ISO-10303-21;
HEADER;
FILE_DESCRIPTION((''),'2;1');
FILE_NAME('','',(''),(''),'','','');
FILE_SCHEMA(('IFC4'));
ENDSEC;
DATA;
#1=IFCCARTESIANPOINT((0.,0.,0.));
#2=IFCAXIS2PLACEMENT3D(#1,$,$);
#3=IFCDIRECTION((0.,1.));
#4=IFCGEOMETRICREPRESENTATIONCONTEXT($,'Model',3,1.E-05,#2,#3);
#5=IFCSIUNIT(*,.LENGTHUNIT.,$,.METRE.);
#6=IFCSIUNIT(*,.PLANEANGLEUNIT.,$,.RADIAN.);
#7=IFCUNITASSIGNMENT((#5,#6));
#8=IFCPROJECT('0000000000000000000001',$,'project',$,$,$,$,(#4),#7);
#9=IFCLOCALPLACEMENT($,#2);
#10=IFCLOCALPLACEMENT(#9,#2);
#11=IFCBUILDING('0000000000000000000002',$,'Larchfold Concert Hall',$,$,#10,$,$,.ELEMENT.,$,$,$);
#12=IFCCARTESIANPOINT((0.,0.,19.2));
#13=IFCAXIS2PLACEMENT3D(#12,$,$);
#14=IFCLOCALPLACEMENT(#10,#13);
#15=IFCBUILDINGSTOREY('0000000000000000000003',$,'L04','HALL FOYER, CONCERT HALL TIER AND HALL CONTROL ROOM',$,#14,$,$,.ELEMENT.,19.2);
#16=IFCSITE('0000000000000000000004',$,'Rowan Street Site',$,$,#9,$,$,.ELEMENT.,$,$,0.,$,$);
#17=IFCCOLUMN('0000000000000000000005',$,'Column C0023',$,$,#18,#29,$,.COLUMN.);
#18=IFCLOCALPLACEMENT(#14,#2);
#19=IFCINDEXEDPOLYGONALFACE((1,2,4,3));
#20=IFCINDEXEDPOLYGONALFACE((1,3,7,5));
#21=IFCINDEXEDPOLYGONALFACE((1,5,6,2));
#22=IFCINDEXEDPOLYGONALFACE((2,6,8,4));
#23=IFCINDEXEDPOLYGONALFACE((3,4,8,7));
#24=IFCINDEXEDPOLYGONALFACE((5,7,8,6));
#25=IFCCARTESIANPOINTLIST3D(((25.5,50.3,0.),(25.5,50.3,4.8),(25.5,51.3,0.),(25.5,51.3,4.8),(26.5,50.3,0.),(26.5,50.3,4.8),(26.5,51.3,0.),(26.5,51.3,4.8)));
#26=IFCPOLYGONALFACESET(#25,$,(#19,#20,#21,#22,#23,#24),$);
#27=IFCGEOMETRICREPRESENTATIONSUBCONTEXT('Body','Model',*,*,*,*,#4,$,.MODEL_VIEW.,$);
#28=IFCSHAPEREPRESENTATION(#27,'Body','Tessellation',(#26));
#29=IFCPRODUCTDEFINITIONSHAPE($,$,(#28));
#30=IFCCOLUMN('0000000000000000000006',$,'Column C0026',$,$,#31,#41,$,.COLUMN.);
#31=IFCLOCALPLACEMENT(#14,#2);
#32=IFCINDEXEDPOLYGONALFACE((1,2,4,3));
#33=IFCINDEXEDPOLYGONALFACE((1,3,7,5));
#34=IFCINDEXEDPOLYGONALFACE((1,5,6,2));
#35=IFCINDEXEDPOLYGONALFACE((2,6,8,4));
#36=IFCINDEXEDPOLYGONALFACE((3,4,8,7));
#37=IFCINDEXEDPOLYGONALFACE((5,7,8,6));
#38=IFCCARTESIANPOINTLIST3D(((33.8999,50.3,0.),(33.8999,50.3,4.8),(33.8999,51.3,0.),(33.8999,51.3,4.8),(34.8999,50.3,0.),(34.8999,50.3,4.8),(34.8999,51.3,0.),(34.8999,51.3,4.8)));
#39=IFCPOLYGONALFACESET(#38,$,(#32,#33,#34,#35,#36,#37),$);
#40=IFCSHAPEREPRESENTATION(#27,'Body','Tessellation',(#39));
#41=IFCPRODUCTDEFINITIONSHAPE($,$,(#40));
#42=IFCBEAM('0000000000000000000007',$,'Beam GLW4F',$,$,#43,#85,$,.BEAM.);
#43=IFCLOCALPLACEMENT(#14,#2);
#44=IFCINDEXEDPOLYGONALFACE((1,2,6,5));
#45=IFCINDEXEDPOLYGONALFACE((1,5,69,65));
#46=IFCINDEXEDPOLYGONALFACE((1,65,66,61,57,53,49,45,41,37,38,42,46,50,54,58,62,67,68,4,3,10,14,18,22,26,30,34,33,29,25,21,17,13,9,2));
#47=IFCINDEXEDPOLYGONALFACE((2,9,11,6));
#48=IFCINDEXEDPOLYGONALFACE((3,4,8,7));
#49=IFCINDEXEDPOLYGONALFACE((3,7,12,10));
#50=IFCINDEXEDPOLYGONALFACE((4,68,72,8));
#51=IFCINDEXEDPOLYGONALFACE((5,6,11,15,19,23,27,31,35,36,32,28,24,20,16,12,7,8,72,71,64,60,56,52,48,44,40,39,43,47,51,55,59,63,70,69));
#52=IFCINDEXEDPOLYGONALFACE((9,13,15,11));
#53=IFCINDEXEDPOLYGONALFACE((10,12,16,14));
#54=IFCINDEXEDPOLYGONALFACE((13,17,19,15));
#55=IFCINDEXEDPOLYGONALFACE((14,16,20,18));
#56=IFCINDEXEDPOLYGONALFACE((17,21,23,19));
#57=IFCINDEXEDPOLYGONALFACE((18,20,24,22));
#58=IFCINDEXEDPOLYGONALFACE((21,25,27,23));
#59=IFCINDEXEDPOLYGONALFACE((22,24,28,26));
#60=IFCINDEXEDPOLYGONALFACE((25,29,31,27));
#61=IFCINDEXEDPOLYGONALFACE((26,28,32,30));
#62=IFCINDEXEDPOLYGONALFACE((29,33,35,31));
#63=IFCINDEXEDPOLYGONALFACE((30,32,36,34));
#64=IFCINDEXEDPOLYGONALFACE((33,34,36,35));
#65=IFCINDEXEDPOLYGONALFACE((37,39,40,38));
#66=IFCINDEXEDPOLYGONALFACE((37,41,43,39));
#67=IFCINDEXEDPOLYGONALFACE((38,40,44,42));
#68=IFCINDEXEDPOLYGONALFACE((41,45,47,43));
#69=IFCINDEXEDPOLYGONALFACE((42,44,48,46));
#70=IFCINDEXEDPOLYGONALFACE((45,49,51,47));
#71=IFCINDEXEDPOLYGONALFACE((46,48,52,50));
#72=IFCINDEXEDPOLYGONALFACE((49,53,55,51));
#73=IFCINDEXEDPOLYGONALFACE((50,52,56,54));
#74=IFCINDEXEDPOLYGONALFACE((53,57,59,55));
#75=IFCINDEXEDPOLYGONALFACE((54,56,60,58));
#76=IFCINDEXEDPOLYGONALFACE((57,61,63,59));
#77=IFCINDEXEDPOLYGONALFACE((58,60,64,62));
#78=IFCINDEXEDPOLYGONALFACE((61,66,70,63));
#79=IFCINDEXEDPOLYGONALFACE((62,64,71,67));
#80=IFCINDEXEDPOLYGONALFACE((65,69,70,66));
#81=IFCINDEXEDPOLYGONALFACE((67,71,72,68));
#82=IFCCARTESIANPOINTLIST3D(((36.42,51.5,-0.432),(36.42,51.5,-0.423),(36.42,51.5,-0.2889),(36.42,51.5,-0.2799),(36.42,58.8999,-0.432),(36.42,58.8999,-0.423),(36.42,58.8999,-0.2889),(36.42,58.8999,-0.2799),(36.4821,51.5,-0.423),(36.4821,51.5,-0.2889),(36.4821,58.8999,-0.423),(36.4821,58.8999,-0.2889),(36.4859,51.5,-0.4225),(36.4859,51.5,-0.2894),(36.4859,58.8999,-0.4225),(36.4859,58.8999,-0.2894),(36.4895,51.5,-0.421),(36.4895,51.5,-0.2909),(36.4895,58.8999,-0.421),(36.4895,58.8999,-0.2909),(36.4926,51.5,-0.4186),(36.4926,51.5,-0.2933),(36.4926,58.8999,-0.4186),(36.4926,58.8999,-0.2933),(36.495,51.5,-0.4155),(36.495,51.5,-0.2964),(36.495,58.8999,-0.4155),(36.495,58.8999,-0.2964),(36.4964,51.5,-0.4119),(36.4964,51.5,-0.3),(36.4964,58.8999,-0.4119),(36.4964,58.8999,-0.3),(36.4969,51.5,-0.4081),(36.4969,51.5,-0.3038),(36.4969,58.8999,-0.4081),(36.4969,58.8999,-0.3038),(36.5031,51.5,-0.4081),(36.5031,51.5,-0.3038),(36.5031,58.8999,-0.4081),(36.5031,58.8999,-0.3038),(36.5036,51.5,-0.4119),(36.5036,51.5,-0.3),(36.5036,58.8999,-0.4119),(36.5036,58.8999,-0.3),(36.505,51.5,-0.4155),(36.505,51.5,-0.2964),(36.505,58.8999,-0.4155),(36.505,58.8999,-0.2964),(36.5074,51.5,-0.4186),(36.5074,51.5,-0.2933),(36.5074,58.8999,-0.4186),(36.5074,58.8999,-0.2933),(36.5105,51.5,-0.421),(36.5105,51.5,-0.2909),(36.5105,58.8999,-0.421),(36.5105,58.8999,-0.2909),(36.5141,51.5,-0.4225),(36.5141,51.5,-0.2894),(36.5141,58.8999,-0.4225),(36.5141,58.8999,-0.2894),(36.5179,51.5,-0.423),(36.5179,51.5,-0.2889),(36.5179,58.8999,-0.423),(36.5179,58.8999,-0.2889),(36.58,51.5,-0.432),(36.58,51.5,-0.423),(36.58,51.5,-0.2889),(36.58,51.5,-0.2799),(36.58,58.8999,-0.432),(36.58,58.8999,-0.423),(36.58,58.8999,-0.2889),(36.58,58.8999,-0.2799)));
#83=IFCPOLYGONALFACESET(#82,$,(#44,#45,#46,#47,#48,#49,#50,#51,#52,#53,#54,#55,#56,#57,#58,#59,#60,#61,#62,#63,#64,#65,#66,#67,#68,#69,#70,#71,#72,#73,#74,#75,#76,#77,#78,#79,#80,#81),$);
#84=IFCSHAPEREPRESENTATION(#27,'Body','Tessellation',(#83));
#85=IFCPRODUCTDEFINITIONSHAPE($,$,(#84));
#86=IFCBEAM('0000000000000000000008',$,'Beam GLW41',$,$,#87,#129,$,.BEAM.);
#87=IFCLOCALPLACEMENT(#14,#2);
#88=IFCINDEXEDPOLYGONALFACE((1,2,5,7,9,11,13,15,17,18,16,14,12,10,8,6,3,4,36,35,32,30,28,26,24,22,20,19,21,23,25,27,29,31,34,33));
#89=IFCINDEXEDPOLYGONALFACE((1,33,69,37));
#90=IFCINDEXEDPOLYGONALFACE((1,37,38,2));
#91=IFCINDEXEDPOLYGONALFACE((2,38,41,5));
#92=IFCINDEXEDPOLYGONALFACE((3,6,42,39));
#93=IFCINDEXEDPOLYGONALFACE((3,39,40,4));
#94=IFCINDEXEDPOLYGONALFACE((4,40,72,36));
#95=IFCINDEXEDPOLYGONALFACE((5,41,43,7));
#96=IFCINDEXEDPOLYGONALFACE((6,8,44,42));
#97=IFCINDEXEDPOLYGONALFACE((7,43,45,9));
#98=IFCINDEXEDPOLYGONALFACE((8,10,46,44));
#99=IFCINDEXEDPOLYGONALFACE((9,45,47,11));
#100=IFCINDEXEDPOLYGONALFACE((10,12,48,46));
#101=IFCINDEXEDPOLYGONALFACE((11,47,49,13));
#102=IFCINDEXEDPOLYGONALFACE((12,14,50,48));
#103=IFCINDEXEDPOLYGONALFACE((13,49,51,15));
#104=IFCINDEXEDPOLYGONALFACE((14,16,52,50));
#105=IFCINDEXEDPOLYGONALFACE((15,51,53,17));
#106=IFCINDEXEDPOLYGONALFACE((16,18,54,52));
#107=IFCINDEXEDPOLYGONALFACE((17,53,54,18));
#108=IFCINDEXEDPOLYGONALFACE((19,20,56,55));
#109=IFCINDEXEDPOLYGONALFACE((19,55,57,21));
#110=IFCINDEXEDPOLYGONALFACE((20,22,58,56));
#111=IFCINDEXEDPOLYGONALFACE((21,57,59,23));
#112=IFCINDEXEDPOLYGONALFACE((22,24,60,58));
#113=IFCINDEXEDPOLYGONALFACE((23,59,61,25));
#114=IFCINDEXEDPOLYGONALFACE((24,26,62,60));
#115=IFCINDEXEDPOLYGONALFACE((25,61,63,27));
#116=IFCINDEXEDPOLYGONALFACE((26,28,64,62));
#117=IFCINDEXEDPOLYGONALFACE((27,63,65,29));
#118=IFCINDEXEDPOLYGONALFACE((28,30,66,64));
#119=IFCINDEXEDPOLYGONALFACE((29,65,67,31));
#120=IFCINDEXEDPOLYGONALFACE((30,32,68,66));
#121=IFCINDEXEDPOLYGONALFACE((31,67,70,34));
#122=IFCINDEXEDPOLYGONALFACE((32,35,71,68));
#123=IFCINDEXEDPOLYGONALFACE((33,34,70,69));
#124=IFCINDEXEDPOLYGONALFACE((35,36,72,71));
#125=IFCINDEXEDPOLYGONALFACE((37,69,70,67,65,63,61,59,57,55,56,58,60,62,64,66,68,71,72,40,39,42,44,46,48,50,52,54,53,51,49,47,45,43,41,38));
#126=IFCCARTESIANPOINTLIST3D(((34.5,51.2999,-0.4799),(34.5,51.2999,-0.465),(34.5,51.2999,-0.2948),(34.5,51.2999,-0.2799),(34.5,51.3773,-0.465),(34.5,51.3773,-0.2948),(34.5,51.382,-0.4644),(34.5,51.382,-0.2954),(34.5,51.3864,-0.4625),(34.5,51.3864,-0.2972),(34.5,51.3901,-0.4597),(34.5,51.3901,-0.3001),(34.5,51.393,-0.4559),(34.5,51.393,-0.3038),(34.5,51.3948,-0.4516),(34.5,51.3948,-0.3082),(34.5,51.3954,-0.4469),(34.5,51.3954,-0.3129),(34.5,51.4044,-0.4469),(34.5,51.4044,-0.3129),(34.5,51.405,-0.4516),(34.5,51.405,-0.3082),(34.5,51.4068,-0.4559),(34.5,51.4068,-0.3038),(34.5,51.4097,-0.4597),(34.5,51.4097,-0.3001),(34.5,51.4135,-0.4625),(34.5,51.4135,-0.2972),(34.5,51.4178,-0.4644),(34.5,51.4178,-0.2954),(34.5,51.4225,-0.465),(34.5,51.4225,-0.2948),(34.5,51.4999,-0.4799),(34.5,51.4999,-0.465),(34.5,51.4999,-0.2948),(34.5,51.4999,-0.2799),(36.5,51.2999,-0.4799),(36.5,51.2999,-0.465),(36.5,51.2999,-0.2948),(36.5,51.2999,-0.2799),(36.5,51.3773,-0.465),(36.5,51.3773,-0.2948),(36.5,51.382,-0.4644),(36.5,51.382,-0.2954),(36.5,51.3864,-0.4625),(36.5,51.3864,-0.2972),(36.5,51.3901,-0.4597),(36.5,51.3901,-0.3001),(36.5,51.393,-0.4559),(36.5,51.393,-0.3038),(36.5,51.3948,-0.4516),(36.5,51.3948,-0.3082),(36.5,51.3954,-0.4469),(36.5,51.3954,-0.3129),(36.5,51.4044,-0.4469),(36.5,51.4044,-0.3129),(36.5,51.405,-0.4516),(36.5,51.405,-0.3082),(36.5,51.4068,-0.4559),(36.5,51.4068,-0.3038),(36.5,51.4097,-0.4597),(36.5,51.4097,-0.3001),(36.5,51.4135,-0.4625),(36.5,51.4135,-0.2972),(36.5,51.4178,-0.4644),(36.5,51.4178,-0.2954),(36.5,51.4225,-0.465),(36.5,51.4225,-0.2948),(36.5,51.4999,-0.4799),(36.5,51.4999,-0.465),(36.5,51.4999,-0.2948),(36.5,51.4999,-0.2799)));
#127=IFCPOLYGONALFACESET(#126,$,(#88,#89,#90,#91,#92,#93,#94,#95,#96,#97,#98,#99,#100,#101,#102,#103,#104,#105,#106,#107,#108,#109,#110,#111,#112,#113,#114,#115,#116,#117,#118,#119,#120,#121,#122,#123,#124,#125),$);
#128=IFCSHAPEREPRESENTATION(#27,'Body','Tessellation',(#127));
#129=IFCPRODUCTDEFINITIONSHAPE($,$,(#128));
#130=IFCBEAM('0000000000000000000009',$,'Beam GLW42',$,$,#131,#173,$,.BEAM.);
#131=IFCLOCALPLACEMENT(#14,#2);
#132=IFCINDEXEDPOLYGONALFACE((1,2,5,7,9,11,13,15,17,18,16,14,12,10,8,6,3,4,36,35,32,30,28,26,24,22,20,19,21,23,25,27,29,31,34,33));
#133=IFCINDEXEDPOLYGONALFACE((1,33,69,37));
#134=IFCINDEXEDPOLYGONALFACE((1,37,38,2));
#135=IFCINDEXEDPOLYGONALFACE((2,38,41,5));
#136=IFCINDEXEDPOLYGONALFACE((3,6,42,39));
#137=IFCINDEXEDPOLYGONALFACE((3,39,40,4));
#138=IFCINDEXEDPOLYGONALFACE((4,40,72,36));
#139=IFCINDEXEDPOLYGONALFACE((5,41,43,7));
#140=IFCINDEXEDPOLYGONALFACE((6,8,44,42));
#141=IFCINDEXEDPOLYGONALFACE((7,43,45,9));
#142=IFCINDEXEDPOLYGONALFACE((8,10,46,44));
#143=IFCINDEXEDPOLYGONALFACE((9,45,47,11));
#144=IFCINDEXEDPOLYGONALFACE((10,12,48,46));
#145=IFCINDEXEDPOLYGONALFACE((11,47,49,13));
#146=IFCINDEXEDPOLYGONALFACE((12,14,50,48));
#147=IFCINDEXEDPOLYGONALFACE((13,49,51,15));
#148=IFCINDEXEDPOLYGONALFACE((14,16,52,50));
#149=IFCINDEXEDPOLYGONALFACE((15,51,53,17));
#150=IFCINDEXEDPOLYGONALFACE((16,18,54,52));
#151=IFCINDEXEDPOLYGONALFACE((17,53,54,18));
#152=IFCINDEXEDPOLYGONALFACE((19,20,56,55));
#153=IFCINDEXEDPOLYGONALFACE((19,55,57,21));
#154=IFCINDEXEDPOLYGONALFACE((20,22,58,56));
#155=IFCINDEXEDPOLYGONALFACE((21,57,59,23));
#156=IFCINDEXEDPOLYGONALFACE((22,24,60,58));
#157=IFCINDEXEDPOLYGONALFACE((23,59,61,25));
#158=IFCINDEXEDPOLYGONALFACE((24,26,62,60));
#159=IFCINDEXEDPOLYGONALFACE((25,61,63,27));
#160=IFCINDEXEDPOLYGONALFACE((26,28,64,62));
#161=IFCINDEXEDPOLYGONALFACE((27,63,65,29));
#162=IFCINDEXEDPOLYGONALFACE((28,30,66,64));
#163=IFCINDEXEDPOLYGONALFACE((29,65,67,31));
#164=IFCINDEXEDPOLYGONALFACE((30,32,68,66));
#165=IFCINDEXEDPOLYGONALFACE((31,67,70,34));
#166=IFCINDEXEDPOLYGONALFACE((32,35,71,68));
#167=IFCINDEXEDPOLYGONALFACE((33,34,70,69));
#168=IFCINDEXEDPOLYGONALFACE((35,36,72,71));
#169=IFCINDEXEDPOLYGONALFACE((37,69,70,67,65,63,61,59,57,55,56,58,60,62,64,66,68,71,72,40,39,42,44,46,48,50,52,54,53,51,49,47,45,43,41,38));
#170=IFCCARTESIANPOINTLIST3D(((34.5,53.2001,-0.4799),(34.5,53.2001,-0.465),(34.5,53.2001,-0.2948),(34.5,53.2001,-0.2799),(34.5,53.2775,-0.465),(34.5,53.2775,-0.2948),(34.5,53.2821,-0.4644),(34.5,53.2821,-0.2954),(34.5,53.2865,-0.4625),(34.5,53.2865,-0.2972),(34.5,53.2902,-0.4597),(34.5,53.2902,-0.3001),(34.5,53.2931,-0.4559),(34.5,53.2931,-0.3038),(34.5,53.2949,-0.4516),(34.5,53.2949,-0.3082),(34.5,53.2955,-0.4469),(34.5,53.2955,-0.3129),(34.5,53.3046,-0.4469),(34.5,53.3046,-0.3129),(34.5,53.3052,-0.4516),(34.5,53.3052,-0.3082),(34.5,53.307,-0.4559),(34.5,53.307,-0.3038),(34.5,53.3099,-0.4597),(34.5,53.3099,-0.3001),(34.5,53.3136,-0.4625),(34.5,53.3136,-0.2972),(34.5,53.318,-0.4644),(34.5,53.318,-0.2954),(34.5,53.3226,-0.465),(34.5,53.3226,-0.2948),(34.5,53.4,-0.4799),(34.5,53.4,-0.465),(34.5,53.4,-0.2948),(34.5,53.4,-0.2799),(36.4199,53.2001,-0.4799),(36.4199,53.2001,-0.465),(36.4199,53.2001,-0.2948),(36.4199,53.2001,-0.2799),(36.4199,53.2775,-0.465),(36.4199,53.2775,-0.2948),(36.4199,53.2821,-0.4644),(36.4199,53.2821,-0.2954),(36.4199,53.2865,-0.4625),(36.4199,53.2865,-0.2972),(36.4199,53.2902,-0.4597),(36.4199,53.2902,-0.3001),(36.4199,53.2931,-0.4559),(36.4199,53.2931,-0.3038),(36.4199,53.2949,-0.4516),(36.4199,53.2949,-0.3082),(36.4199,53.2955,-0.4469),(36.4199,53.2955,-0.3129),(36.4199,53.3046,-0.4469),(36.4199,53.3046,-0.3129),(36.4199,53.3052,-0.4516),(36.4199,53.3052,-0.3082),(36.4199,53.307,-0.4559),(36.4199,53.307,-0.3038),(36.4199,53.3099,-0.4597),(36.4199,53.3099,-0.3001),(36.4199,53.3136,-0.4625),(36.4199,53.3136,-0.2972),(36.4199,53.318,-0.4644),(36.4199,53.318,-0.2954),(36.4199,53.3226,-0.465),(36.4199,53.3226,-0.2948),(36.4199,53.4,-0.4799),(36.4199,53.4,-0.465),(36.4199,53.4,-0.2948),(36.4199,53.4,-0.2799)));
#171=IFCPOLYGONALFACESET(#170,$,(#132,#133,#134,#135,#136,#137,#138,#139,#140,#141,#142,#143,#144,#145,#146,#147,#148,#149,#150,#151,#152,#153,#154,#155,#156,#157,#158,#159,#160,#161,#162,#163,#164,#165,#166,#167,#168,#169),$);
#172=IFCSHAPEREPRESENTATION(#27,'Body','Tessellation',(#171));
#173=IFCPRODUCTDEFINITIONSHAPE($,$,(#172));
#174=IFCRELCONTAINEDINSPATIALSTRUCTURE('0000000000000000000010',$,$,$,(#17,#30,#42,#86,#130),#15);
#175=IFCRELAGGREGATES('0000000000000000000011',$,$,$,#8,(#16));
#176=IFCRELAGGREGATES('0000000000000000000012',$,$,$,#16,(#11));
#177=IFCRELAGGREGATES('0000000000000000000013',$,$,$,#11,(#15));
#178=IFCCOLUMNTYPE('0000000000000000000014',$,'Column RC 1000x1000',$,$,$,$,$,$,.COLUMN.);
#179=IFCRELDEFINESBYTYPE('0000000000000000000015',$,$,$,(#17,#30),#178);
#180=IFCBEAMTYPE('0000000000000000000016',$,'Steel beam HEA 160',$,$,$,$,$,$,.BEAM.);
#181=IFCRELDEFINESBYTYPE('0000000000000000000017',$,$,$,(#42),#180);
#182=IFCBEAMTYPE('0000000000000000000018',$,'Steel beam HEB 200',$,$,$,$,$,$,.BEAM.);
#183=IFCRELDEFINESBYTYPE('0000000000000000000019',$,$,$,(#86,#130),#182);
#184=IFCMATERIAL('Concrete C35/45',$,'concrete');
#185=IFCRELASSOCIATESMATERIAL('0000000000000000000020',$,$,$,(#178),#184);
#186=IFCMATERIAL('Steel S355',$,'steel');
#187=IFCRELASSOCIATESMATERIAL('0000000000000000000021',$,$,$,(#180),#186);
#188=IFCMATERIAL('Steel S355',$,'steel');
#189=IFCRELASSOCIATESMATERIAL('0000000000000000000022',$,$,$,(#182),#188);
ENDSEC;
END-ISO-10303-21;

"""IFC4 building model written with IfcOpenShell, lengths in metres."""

from ifc_helpers import new_model, si_unit, direction, frame, origin, origin_2d, place, context, subcontext, project, spatial, rectangle, i_section, extrude, material, material_profile, profile_set, type_object, element, save


model = new_model("IFC4")

# Units and contexts
model_context = context("Model", 3, precision=1e-05, world=origin(), true_north=direction((0.0, 1.0)))
body_context = subcontext(model_context, "Body", "Model", "MODEL_VIEW")
ifc_project = project(units=[si_unit("LENGTHUNIT", "METRE"), si_unit("PLANEANGLEUNIT", "RADIAN")], contexts=[model_context])

# Site, building, storey
site_placement = place(None, origin())
site = spatial("IfcSite", under=ifc_project, at=site_placement, Name="Rowan Street Site", CompositionType="ELEMENT", RefElevation=0.0)
building_placement = place(site_placement, origin())
building = spatial("IfcBuilding", under=site, at=building_placement, Name="Larchfold Concert Hall", CompositionType="ELEMENT")
storey_placement = place(building_placement, frame((0.0, 0.0, 19.2)))
storey = spatial("IfcBuildingStorey", under=building, at=storey_placement, Name="L04", Description="HALL FOYER, CONCERT HALL TIER AND HALL CONTROL ROOM", CompositionType="ELEMENT", Elevation=19.2)

# Columns
ifc_material_1 = material(Name="Concrete C35/45", Category="concrete")
ifc_material_profile_1 = material_profile(ifc_material_1, rectangle(XDim=1.0, YDim=1.0, at=origin_2d()))
ifc_profile_set_1 = profile_set([ifc_material_profile_1], Name="Concrete C35/45")
column_type = type_object("IfcColumnType", Name="Column RC 1000x1000", PredefinedType="COLUMN", material=ifc_profile_set_1)
for number, where, z_axis, x_axis, name in (
    (1, (26.0, 50.8, 0.0), (0.0, 0.0, 1.0), (1.0, 0.0, 0.0), "Column C0023"),
    (2, (34.3999, 50.8, 0.0), (0.0, 0.0, 1.0), (1.0, 0.0, 0.0), "Column C0026"),
):
    element("IfcColumn", number, at=place(storey_placement, frame(where, z_axis=z_axis, x_axis=x_axis)), inside=storey, type_object=column_type, Name=name, PredefinedType="COLUMN", context=body_context, shape_type="SweptSolid", body=[
        extrude(rectangle(XDim=1.0, YDim=1.0, at=origin_2d()), origin(), (0.0, 0.0, 1.0), 4.8),
    ])

# Beams
ifc_material_2 = material(Name="Steel S355", Category="steel")
ifc_material_profile_2 = material_profile(ifc_material_2, i_section(OverallWidth=0.1599, OverallDepth=0.1521, WebThickness=0.0061, FlangeThickness=0.009, FilletRadius=0.0149, at=origin_2d()))
ifc_profile_set_2 = profile_set([ifc_material_profile_2], Name="Steel S355")
beam_type_1 = type_object("IfcBeamType", Name="Steel beam HEA 160", PredefinedType="BEAM", material=ifc_profile_set_2)
beam_1_placement = place(storey_placement, frame((36.5, 51.5, -0.356), z_axis=(0.0, 1.0, 0.0), x_axis=(-1.0, 0.0, 0.0)))
element("IfcBeam", 3, at=beam_1_placement, inside=storey, type_object=beam_type_1, Name="Beam GLW4F", PredefinedType="BEAM", context=body_context, shape_type="SweptSolid", body=[
    extrude(i_section(OverallWidth=0.1599, OverallDepth=0.1521, WebThickness=0.0061, FlangeThickness=0.009, FilletRadius=0.0149, at=origin_2d()), origin(), (0.0, 0.0, 1.0), 7.3999),
])
ifc_material_3 = material(Name="Steel S355", Category="steel")
ifc_material_profile_3 = material_profile(ifc_material_3, i_section(OverallWidth=0.2, OverallDepth=0.2, WebThickness=0.009, FlangeThickness=0.0149, FilletRadius=0.0181, at=origin_2d()))
ifc_profile_set_3 = profile_set([ifc_material_profile_3], Name="Steel S355")
beam_type_2 = type_object("IfcBeamType", Name="Steel beam HEB 200", PredefinedType="BEAM", material=ifc_profile_set_3)
beam_2_placement = place(storey_placement, frame((34.5, 51.3999, -0.3799), z_axis=(1.0, 0.0, 0.0), x_axis=(0.0, 1.0, 0.0)))
element("IfcBeam", 4, at=beam_2_placement, inside=storey, type_object=beam_type_2, Name="Beam GLW41", PredefinedType="BEAM", context=body_context, shape_type="SweptSolid", body=[
    extrude(i_section(OverallWidth=0.2, OverallDepth=0.2, WebThickness=0.009, FlangeThickness=0.0149, FilletRadius=0.0181, at=origin_2d()), origin(), (0.0, 0.0, 1.0), 2.0),
])
for number, where, z_axis, x_axis, name in (
    (5, (34.5, 53.3, -0.3799), (1.0, 0.0, 0.0), (0.0, 1.0, 0.0), "Beam GLW42"),
):
    element("IfcBeam", number, at=place(storey_placement, frame(where, z_axis=z_axis, x_axis=x_axis)), inside=storey, type_object=beam_type_2, Name=name, PredefinedType="BEAM", context=body_context, shape_type="SweptSolid", body=[
        extrude(i_section(OverallWidth=0.2, OverallDepth=0.2, WebThickness=0.009, FlangeThickness=0.0149, FilletRadius=0.0181, at=origin_2d()), origin(), (0.0, 0.0, 1.0), 1.9199),
    ])

save(model, "model.ifc")
